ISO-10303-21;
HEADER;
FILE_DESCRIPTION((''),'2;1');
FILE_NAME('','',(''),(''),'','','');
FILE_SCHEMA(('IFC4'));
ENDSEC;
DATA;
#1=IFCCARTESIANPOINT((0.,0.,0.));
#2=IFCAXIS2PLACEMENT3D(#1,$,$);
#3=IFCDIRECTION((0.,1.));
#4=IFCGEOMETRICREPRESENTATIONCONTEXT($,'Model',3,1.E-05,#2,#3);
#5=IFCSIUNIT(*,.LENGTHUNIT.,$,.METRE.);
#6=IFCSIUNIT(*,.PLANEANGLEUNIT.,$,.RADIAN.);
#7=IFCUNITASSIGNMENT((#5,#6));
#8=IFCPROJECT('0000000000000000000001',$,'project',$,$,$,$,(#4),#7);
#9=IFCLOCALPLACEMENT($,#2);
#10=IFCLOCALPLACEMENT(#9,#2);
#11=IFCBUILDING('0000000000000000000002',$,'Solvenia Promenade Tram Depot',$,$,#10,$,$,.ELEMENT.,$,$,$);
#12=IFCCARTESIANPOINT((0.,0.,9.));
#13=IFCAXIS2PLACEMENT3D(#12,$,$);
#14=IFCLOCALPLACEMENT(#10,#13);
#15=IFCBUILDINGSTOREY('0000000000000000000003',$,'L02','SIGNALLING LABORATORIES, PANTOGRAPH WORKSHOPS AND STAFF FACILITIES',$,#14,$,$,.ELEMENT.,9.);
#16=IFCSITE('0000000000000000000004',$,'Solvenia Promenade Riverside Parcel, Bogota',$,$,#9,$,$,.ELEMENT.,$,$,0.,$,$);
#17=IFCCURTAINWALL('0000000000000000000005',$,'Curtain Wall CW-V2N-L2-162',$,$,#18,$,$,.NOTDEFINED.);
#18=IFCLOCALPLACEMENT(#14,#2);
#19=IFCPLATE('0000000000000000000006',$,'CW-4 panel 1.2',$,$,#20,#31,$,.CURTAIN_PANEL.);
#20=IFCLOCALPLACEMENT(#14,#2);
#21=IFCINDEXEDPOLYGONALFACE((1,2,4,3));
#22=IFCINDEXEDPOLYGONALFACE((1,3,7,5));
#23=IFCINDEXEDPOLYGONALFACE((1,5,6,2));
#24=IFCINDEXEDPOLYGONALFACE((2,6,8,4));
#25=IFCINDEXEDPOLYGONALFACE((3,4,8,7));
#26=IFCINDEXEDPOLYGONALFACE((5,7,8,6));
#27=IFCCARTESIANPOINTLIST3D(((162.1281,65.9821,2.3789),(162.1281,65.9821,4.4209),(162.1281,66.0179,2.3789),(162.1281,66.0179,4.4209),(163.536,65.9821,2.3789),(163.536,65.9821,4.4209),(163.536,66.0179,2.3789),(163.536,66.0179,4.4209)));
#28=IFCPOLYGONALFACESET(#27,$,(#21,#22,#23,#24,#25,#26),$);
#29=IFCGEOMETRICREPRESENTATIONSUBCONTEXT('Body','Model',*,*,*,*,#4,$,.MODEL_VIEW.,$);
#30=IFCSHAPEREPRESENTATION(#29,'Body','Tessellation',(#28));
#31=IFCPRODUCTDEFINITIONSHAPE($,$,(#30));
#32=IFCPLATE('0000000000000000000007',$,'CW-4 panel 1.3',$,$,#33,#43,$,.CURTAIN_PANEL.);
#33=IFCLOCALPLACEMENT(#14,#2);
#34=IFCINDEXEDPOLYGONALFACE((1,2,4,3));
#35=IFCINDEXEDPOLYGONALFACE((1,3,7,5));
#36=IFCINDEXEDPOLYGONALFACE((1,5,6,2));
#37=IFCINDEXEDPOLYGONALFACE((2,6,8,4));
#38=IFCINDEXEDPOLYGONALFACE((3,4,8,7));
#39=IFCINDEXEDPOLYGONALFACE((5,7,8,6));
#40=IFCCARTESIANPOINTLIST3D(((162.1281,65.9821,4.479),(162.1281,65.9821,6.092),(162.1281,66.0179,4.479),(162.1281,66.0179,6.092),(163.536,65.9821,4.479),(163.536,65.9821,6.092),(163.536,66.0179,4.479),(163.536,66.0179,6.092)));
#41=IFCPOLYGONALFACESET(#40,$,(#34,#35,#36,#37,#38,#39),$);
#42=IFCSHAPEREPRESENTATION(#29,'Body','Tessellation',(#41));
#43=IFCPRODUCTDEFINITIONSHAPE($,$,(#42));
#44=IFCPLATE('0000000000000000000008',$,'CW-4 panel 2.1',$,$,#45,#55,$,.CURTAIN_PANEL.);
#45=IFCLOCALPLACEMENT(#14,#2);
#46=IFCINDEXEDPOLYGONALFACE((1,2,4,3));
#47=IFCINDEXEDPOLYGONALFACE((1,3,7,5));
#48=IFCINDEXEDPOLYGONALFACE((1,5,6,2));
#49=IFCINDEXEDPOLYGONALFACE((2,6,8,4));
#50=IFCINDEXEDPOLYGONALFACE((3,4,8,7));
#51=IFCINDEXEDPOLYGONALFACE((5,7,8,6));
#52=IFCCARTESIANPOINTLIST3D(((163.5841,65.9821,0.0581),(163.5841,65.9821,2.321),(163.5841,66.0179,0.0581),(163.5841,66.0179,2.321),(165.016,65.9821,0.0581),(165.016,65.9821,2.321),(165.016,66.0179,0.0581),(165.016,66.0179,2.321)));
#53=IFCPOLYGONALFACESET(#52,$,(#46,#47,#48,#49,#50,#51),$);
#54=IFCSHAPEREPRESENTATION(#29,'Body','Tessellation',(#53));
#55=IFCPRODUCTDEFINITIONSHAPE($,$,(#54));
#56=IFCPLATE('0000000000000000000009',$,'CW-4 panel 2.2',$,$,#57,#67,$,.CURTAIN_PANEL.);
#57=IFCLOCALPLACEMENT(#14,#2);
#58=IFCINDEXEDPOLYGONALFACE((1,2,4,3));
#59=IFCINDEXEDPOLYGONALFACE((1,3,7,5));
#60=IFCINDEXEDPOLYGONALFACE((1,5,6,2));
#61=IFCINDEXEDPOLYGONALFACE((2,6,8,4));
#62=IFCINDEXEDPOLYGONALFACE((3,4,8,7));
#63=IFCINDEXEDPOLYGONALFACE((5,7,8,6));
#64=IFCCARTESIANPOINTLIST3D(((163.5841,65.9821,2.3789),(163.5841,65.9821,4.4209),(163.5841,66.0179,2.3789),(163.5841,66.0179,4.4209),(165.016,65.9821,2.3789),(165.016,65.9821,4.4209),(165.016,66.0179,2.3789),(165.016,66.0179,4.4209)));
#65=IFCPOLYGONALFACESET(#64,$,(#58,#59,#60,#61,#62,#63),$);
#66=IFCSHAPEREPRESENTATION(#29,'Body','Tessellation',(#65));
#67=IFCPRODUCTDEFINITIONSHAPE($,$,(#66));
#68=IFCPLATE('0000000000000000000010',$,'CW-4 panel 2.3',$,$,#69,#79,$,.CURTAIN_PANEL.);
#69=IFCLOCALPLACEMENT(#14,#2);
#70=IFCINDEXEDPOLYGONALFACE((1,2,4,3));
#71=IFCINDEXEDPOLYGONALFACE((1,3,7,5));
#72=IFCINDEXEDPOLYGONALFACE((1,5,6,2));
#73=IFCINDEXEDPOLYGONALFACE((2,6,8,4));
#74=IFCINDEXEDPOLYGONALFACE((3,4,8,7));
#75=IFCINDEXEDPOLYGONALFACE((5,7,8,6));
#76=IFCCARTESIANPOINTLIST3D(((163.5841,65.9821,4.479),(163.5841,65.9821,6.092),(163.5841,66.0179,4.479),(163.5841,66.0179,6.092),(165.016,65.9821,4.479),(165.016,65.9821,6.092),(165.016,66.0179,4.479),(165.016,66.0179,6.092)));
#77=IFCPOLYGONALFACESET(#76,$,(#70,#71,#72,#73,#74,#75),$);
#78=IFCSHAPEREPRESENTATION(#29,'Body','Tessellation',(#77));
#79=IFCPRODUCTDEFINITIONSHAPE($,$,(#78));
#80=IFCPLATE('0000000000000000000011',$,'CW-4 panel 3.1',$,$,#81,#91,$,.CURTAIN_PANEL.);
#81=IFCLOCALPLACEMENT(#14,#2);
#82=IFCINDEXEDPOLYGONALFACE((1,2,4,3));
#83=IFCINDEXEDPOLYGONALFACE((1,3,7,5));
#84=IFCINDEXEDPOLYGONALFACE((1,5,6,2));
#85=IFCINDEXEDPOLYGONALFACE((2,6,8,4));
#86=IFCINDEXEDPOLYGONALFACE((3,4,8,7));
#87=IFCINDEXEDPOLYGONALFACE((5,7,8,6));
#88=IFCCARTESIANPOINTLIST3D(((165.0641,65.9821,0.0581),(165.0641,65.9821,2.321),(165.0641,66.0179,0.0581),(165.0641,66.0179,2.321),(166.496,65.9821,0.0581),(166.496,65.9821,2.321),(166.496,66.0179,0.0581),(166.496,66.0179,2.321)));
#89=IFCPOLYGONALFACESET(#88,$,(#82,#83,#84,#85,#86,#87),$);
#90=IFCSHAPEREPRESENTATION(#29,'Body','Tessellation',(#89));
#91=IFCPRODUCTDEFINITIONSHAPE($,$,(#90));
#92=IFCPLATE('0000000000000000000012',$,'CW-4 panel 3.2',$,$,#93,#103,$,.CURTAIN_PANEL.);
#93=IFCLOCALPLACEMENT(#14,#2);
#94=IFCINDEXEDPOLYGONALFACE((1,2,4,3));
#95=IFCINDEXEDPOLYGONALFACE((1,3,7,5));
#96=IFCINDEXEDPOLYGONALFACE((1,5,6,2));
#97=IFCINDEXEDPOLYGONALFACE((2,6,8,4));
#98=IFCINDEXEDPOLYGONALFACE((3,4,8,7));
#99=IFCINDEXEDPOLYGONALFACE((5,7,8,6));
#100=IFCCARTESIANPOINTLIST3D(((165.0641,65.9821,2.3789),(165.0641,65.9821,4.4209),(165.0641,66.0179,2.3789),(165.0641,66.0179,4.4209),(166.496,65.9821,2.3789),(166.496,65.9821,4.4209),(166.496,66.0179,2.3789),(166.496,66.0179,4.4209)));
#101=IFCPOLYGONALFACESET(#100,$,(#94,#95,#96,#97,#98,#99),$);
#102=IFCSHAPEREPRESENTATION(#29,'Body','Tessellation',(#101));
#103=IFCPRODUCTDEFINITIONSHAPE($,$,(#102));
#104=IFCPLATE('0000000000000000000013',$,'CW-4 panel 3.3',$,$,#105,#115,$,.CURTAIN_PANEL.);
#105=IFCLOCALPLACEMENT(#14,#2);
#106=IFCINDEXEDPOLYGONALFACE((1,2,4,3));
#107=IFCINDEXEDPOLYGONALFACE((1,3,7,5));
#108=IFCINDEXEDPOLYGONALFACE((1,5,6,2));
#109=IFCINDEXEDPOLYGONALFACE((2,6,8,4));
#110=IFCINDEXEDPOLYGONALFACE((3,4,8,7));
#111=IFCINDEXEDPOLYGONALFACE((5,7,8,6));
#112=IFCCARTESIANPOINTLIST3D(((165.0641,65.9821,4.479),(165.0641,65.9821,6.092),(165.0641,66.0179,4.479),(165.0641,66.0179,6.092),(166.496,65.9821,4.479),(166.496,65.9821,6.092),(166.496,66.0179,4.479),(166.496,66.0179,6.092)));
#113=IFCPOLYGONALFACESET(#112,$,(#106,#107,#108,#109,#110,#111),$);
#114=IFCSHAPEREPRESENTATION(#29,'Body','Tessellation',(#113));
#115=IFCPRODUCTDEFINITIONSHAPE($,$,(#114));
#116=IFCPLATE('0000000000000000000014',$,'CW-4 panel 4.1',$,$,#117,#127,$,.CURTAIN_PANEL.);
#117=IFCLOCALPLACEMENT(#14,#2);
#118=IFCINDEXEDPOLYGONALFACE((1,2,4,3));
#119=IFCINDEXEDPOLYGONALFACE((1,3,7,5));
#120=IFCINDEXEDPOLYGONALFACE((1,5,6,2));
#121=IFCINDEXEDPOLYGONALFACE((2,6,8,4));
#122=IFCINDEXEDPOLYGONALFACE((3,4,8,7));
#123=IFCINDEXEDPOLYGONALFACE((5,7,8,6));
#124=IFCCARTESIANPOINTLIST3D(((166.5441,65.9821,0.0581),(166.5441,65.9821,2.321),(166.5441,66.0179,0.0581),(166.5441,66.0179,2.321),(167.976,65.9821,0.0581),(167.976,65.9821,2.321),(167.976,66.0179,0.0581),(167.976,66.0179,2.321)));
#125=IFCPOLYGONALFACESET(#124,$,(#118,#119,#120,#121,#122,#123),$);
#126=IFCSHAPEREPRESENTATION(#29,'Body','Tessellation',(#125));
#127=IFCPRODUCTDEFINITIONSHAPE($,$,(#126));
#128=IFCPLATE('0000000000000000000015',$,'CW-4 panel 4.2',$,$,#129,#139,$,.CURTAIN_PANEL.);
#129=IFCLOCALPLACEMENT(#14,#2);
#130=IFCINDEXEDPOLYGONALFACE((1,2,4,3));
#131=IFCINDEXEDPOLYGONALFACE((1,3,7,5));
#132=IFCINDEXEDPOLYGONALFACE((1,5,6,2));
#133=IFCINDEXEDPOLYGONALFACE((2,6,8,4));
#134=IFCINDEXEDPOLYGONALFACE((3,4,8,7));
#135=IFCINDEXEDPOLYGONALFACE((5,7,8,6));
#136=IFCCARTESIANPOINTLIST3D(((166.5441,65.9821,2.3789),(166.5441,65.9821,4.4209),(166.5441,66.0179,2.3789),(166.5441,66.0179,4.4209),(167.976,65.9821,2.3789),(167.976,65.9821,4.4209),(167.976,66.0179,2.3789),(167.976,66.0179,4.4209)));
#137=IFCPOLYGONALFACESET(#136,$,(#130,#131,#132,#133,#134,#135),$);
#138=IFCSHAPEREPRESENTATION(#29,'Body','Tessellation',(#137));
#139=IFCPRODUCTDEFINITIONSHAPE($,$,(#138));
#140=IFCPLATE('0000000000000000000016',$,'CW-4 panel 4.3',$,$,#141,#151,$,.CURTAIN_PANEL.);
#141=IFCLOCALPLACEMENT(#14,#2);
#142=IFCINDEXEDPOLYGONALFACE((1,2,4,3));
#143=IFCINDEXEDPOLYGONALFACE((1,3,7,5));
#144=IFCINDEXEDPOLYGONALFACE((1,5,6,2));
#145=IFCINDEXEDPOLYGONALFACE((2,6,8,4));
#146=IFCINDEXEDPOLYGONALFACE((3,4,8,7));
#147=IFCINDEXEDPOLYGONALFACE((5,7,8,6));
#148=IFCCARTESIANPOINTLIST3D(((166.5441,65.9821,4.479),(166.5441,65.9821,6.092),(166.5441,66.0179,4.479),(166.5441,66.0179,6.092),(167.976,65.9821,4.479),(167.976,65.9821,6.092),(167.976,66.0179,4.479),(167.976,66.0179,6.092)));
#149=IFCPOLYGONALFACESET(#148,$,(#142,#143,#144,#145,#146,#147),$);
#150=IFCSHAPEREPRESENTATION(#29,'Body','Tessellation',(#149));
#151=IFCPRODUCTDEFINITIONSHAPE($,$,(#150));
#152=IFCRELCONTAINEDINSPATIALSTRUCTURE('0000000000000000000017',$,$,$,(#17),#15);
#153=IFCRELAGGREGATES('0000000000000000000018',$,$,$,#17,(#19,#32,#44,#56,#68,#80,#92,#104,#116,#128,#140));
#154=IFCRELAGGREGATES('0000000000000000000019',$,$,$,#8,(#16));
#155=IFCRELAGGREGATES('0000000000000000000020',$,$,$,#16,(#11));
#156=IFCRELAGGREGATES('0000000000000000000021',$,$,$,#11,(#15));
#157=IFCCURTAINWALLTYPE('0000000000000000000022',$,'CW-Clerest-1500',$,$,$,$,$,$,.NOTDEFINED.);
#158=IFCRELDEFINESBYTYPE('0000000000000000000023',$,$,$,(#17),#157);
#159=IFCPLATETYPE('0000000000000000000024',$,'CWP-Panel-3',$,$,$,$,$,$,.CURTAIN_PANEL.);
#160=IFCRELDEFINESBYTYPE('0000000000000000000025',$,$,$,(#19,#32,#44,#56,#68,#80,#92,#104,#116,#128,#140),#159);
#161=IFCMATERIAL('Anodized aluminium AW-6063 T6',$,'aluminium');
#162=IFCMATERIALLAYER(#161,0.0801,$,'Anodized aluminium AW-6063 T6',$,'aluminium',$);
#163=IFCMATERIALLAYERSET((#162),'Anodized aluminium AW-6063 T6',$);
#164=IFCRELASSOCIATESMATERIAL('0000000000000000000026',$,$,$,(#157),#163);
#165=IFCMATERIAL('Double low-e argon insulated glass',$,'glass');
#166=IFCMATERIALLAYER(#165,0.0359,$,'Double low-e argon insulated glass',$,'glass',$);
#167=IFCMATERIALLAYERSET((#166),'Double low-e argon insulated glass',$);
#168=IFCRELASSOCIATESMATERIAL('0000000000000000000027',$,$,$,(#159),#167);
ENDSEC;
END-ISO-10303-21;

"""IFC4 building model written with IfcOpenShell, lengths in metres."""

from ifc_helpers import new_model, si_unit, direction, frame, origin, origin_2d, place, context, subcontext, project, spatial, rectangle, extrude, material, layer, layer_set, type_object, element, aggregate, save


model = new_model("IFC4")

# Units and contexts
model_context = context("Model", 3, precision=1e-05, world=origin(), true_north=direction((0.0, 1.0)))
body_context = subcontext(model_context, "Body", "Model", "MODEL_VIEW")
ifc_project = project(units=[si_unit("LENGTHUNIT", "METRE"), si_unit("PLANEANGLEUNIT", "RADIAN")], contexts=[model_context])

# Site, building, storey
site_placement = place(None, origin())
site = spatial("IfcSite", under=ifc_project, at=site_placement, Name="Solvenia Promenade Riverside Parcel, Bogota", CompositionType="ELEMENT", RefElevation=0.0)
building_placement = place(site_placement, origin())
building = spatial("IfcBuilding", under=site, at=building_placement, Name="Solvenia Promenade Tram Depot", CompositionType="ELEMENT")
storey_placement = place(building_placement, frame((0.0, 0.0, 9.0)))
storey = spatial("IfcBuildingStorey", under=building, at=storey_placement, Name="L02", Description="SIGNALLING LABORATORIES, PANTOGRAPH WORKSHOPS AND STAFF FACILITIES", CompositionType="ELEMENT", Elevation=9.0)

# Curtain wall, plates
ifc_material_1 = material(Name="Anodized aluminium AW-6063 T6", Category="aluminium")
ifc_layer_1 = layer(ifc_material_1, 0.0801, Name="Anodized aluminium AW-6063 T6", Category="aluminium")
ifc_layer_set_1 = layer_set([ifc_layer_1], Name="Anodized aluminium AW-6063 T6")
curtain_wall_type = type_object("IfcCurtainWallType", Name="CW-Clerest-1500", PredefinedType="NOTDEFINED", material=ifc_layer_set_1)
curtain_wall_placement = place(storey_placement, origin())
curtain_wall = element("IfcCurtainWall", 1, at=curtain_wall_placement, inside=storey, type_object=curtain_wall_type, Name="Curtain Wall CW-V2N-L2-162", PredefinedType="NOTDEFINED")
ifc_material_2 = material(Name="Double low-e argon insulated glass", Category="glass")
ifc_layer_2 = layer(ifc_material_2, 0.0359, Name="Double low-e argon insulated glass", Category="glass")
ifc_layer_set_2 = layer_set([ifc_layer_2], Name="Double low-e argon insulated glass")
plate_type = type_object("IfcPlateType", Name="CWP-Panel-3", PredefinedType="CURTAIN_PANEL", material=ifc_layer_set_2)
plate_1_placement = place(storey_placement, frame((162.832, 66.0, 2.3789), z_axis=(0.0, 0.0, 1.0), x_axis=(1.0, 0.0, 0.0)))
plate_1 = element("IfcPlate", 2, at=plate_1_placement, type_object=plate_type, Name="CW-4 panel 1.2", PredefinedType="CURTAIN_PANEL", context=body_context, shape_type="SweptSolid", body=[
    extrude(rectangle(XDim=1.408, YDim=0.0359, at=origin_2d()), origin(), (0.0, 0.0, 1.0), 2.042),
])
plate_2_placement = place(storey_placement, frame((162.832, 66.0, 4.479), z_axis=(0.0, 0.0, 1.0), x_axis=(1.0, 0.0, 0.0)))
plate_2 = element("IfcPlate", 3, at=plate_2_placement, type_object=plate_type, Name="CW-4 panel 1.3", PredefinedType="CURTAIN_PANEL", context=body_context, shape_type="SweptSolid", body=[
    extrude(rectangle(XDim=1.408, YDim=0.0359, at=origin_2d()), origin(), (0.0, 0.0, 1.0), 1.613),
])
plate_3_placement = place(storey_placement, frame((164.3, 66.0, 0.0581), z_axis=(0.0, 0.0, 1.0), x_axis=(1.0, 0.0, 0.0)))
plate_3 = element("IfcPlate", 4, at=plate_3_placement, type_object=plate_type, Name="CW-4 panel 2.1", PredefinedType="CURTAIN_PANEL", context=body_context, shape_type="SweptSolid", body=[
    extrude(rectangle(XDim=1.4319, YDim=0.0359, at=origin_2d()), origin(), (0.0, 0.0, 1.0), 2.2629),
])
plate_4_placement = place(storey_placement, frame((164.3, 66.0, 2.3789), z_axis=(0.0, 0.0, 1.0), x_axis=(1.0, 0.0, 0.0)))
plate_4 = element("IfcPlate", 5, at=plate_4_placement, type_object=plate_type, Name="CW-4 panel 2.2", PredefinedType="CURTAIN_PANEL", context=body_context, shape_type="SweptSolid", body=[
    extrude(rectangle(XDim=1.4319, YDim=0.0359, at=origin_2d()), origin(), (0.0, 0.0, 1.0), 2.042),
])
plate_5_placement = place(storey_placement, frame((164.3, 66.0, 4.479), z_axis=(0.0, 0.0, 1.0), x_axis=(1.0, 0.0, 0.0)))
plate_5 = element("IfcPlate", 6, at=plate_5_placement, type_object=plate_type, Name="CW-4 panel 2.3", PredefinedType="CURTAIN_PANEL", context=body_context, shape_type="SweptSolid", body=[
    extrude(rectangle(XDim=1.4319, YDim=0.0359, at=origin_2d()), origin(), (0.0, 0.0, 1.0), 1.613),
])
plate_6_placement = place(storey_placement, frame((165.78, 66.0, 0.0581), z_axis=(0.0, 0.0, 1.0), x_axis=(1.0, 0.0, 0.0)))
plate_6 = element("IfcPlate", 7, at=plate_6_placement, type_object=plate_type, Name="CW-4 panel 3.1", PredefinedType="CURTAIN_PANEL", context=body_context, shape_type="SweptSolid", body=[
    extrude(rectangle(XDim=1.4319, YDim=0.0359, at=origin_2d()), origin(), (0.0, 0.0, 1.0), 2.2629),
])
plate_7_placement = place(storey_placement, frame((165.78, 66.0, 2.3789), z_axis=(0.0, 0.0, 1.0), x_axis=(1.0, 0.0, 0.0)))
plate_7 = element("IfcPlate", 8, at=plate_7_placement, type_object=plate_type, Name="CW-4 panel 3.2", PredefinedType="CURTAIN_PANEL", context=body_context, shape_type="SweptSolid", body=[
    extrude(rectangle(XDim=1.4319, YDim=0.0359, at=origin_2d()), origin(), (0.0, 0.0, 1.0), 2.042),
])
plate_8_placement = place(storey_placement, frame((165.78, 66.0, 4.479), z_axis=(0.0, 0.0, 1.0), x_axis=(1.0, 0.0, 0.0)))
plate_8 = element("IfcPlate", 9, at=plate_8_placement, type_object=plate_type, Name="CW-4 panel 3.3", PredefinedType="CURTAIN_PANEL", context=body_context, shape_type="SweptSolid", body=[
    extrude(rectangle(XDim=1.4319, YDim=0.0359, at=origin_2d()), origin(), (0.0, 0.0, 1.0), 1.613),
])
plate_9_placement = place(storey_placement, frame((167.26, 66.0, 0.0581), z_axis=(0.0, 0.0, 1.0), x_axis=(1.0, 0.0, 0.0)))
plate_9 = element("IfcPlate", 10, at=plate_9_placement, type_object=plate_type, Name="CW-4 panel 4.1", PredefinedType="CURTAIN_PANEL", context=body_context, shape_type="SweptSolid", body=[
    extrude(rectangle(XDim=1.4319, YDim=0.0359, at=origin_2d()), origin(), (0.0, 0.0, 1.0), 2.2629),
])
plate_10_placement = place(storey_placement, frame((167.26, 66.0, 2.3789), z_axis=(0.0, 0.0, 1.0), x_axis=(1.0, 0.0, 0.0)))
plate_10 = element("IfcPlate", 11, at=plate_10_placement, type_object=plate_type, Name="CW-4 panel 4.2", PredefinedType="CURTAIN_PANEL", context=body_context, shape_type="SweptSolid", body=[
    extrude(rectangle(XDim=1.4319, YDim=0.0359, at=origin_2d()), origin(), (0.0, 0.0, 1.0), 2.042),
])
plate_11_placement = place(storey_placement, frame((167.26, 66.0, 4.479), z_axis=(0.0, 0.0, 1.0), x_axis=(1.0, 0.0, 0.0)))
plate_11 = element("IfcPlate", 12, at=plate_11_placement, type_object=plate_type, Name="CW-4 panel 4.3", PredefinedType="CURTAIN_PANEL", context=body_context, shape_type="SweptSolid", body=[
    extrude(rectangle(XDim=1.4319, YDim=0.0359, at=origin_2d()), origin(), (0.0, 0.0, 1.0), 1.613),
])
aggregate(curtain_wall, [plate_1, plate_2, plate_3, plate_4, plate_5, plate_6, plate_7, plate_8, plate_9, plate_10, plate_11])

save(model, "model.ifc")
